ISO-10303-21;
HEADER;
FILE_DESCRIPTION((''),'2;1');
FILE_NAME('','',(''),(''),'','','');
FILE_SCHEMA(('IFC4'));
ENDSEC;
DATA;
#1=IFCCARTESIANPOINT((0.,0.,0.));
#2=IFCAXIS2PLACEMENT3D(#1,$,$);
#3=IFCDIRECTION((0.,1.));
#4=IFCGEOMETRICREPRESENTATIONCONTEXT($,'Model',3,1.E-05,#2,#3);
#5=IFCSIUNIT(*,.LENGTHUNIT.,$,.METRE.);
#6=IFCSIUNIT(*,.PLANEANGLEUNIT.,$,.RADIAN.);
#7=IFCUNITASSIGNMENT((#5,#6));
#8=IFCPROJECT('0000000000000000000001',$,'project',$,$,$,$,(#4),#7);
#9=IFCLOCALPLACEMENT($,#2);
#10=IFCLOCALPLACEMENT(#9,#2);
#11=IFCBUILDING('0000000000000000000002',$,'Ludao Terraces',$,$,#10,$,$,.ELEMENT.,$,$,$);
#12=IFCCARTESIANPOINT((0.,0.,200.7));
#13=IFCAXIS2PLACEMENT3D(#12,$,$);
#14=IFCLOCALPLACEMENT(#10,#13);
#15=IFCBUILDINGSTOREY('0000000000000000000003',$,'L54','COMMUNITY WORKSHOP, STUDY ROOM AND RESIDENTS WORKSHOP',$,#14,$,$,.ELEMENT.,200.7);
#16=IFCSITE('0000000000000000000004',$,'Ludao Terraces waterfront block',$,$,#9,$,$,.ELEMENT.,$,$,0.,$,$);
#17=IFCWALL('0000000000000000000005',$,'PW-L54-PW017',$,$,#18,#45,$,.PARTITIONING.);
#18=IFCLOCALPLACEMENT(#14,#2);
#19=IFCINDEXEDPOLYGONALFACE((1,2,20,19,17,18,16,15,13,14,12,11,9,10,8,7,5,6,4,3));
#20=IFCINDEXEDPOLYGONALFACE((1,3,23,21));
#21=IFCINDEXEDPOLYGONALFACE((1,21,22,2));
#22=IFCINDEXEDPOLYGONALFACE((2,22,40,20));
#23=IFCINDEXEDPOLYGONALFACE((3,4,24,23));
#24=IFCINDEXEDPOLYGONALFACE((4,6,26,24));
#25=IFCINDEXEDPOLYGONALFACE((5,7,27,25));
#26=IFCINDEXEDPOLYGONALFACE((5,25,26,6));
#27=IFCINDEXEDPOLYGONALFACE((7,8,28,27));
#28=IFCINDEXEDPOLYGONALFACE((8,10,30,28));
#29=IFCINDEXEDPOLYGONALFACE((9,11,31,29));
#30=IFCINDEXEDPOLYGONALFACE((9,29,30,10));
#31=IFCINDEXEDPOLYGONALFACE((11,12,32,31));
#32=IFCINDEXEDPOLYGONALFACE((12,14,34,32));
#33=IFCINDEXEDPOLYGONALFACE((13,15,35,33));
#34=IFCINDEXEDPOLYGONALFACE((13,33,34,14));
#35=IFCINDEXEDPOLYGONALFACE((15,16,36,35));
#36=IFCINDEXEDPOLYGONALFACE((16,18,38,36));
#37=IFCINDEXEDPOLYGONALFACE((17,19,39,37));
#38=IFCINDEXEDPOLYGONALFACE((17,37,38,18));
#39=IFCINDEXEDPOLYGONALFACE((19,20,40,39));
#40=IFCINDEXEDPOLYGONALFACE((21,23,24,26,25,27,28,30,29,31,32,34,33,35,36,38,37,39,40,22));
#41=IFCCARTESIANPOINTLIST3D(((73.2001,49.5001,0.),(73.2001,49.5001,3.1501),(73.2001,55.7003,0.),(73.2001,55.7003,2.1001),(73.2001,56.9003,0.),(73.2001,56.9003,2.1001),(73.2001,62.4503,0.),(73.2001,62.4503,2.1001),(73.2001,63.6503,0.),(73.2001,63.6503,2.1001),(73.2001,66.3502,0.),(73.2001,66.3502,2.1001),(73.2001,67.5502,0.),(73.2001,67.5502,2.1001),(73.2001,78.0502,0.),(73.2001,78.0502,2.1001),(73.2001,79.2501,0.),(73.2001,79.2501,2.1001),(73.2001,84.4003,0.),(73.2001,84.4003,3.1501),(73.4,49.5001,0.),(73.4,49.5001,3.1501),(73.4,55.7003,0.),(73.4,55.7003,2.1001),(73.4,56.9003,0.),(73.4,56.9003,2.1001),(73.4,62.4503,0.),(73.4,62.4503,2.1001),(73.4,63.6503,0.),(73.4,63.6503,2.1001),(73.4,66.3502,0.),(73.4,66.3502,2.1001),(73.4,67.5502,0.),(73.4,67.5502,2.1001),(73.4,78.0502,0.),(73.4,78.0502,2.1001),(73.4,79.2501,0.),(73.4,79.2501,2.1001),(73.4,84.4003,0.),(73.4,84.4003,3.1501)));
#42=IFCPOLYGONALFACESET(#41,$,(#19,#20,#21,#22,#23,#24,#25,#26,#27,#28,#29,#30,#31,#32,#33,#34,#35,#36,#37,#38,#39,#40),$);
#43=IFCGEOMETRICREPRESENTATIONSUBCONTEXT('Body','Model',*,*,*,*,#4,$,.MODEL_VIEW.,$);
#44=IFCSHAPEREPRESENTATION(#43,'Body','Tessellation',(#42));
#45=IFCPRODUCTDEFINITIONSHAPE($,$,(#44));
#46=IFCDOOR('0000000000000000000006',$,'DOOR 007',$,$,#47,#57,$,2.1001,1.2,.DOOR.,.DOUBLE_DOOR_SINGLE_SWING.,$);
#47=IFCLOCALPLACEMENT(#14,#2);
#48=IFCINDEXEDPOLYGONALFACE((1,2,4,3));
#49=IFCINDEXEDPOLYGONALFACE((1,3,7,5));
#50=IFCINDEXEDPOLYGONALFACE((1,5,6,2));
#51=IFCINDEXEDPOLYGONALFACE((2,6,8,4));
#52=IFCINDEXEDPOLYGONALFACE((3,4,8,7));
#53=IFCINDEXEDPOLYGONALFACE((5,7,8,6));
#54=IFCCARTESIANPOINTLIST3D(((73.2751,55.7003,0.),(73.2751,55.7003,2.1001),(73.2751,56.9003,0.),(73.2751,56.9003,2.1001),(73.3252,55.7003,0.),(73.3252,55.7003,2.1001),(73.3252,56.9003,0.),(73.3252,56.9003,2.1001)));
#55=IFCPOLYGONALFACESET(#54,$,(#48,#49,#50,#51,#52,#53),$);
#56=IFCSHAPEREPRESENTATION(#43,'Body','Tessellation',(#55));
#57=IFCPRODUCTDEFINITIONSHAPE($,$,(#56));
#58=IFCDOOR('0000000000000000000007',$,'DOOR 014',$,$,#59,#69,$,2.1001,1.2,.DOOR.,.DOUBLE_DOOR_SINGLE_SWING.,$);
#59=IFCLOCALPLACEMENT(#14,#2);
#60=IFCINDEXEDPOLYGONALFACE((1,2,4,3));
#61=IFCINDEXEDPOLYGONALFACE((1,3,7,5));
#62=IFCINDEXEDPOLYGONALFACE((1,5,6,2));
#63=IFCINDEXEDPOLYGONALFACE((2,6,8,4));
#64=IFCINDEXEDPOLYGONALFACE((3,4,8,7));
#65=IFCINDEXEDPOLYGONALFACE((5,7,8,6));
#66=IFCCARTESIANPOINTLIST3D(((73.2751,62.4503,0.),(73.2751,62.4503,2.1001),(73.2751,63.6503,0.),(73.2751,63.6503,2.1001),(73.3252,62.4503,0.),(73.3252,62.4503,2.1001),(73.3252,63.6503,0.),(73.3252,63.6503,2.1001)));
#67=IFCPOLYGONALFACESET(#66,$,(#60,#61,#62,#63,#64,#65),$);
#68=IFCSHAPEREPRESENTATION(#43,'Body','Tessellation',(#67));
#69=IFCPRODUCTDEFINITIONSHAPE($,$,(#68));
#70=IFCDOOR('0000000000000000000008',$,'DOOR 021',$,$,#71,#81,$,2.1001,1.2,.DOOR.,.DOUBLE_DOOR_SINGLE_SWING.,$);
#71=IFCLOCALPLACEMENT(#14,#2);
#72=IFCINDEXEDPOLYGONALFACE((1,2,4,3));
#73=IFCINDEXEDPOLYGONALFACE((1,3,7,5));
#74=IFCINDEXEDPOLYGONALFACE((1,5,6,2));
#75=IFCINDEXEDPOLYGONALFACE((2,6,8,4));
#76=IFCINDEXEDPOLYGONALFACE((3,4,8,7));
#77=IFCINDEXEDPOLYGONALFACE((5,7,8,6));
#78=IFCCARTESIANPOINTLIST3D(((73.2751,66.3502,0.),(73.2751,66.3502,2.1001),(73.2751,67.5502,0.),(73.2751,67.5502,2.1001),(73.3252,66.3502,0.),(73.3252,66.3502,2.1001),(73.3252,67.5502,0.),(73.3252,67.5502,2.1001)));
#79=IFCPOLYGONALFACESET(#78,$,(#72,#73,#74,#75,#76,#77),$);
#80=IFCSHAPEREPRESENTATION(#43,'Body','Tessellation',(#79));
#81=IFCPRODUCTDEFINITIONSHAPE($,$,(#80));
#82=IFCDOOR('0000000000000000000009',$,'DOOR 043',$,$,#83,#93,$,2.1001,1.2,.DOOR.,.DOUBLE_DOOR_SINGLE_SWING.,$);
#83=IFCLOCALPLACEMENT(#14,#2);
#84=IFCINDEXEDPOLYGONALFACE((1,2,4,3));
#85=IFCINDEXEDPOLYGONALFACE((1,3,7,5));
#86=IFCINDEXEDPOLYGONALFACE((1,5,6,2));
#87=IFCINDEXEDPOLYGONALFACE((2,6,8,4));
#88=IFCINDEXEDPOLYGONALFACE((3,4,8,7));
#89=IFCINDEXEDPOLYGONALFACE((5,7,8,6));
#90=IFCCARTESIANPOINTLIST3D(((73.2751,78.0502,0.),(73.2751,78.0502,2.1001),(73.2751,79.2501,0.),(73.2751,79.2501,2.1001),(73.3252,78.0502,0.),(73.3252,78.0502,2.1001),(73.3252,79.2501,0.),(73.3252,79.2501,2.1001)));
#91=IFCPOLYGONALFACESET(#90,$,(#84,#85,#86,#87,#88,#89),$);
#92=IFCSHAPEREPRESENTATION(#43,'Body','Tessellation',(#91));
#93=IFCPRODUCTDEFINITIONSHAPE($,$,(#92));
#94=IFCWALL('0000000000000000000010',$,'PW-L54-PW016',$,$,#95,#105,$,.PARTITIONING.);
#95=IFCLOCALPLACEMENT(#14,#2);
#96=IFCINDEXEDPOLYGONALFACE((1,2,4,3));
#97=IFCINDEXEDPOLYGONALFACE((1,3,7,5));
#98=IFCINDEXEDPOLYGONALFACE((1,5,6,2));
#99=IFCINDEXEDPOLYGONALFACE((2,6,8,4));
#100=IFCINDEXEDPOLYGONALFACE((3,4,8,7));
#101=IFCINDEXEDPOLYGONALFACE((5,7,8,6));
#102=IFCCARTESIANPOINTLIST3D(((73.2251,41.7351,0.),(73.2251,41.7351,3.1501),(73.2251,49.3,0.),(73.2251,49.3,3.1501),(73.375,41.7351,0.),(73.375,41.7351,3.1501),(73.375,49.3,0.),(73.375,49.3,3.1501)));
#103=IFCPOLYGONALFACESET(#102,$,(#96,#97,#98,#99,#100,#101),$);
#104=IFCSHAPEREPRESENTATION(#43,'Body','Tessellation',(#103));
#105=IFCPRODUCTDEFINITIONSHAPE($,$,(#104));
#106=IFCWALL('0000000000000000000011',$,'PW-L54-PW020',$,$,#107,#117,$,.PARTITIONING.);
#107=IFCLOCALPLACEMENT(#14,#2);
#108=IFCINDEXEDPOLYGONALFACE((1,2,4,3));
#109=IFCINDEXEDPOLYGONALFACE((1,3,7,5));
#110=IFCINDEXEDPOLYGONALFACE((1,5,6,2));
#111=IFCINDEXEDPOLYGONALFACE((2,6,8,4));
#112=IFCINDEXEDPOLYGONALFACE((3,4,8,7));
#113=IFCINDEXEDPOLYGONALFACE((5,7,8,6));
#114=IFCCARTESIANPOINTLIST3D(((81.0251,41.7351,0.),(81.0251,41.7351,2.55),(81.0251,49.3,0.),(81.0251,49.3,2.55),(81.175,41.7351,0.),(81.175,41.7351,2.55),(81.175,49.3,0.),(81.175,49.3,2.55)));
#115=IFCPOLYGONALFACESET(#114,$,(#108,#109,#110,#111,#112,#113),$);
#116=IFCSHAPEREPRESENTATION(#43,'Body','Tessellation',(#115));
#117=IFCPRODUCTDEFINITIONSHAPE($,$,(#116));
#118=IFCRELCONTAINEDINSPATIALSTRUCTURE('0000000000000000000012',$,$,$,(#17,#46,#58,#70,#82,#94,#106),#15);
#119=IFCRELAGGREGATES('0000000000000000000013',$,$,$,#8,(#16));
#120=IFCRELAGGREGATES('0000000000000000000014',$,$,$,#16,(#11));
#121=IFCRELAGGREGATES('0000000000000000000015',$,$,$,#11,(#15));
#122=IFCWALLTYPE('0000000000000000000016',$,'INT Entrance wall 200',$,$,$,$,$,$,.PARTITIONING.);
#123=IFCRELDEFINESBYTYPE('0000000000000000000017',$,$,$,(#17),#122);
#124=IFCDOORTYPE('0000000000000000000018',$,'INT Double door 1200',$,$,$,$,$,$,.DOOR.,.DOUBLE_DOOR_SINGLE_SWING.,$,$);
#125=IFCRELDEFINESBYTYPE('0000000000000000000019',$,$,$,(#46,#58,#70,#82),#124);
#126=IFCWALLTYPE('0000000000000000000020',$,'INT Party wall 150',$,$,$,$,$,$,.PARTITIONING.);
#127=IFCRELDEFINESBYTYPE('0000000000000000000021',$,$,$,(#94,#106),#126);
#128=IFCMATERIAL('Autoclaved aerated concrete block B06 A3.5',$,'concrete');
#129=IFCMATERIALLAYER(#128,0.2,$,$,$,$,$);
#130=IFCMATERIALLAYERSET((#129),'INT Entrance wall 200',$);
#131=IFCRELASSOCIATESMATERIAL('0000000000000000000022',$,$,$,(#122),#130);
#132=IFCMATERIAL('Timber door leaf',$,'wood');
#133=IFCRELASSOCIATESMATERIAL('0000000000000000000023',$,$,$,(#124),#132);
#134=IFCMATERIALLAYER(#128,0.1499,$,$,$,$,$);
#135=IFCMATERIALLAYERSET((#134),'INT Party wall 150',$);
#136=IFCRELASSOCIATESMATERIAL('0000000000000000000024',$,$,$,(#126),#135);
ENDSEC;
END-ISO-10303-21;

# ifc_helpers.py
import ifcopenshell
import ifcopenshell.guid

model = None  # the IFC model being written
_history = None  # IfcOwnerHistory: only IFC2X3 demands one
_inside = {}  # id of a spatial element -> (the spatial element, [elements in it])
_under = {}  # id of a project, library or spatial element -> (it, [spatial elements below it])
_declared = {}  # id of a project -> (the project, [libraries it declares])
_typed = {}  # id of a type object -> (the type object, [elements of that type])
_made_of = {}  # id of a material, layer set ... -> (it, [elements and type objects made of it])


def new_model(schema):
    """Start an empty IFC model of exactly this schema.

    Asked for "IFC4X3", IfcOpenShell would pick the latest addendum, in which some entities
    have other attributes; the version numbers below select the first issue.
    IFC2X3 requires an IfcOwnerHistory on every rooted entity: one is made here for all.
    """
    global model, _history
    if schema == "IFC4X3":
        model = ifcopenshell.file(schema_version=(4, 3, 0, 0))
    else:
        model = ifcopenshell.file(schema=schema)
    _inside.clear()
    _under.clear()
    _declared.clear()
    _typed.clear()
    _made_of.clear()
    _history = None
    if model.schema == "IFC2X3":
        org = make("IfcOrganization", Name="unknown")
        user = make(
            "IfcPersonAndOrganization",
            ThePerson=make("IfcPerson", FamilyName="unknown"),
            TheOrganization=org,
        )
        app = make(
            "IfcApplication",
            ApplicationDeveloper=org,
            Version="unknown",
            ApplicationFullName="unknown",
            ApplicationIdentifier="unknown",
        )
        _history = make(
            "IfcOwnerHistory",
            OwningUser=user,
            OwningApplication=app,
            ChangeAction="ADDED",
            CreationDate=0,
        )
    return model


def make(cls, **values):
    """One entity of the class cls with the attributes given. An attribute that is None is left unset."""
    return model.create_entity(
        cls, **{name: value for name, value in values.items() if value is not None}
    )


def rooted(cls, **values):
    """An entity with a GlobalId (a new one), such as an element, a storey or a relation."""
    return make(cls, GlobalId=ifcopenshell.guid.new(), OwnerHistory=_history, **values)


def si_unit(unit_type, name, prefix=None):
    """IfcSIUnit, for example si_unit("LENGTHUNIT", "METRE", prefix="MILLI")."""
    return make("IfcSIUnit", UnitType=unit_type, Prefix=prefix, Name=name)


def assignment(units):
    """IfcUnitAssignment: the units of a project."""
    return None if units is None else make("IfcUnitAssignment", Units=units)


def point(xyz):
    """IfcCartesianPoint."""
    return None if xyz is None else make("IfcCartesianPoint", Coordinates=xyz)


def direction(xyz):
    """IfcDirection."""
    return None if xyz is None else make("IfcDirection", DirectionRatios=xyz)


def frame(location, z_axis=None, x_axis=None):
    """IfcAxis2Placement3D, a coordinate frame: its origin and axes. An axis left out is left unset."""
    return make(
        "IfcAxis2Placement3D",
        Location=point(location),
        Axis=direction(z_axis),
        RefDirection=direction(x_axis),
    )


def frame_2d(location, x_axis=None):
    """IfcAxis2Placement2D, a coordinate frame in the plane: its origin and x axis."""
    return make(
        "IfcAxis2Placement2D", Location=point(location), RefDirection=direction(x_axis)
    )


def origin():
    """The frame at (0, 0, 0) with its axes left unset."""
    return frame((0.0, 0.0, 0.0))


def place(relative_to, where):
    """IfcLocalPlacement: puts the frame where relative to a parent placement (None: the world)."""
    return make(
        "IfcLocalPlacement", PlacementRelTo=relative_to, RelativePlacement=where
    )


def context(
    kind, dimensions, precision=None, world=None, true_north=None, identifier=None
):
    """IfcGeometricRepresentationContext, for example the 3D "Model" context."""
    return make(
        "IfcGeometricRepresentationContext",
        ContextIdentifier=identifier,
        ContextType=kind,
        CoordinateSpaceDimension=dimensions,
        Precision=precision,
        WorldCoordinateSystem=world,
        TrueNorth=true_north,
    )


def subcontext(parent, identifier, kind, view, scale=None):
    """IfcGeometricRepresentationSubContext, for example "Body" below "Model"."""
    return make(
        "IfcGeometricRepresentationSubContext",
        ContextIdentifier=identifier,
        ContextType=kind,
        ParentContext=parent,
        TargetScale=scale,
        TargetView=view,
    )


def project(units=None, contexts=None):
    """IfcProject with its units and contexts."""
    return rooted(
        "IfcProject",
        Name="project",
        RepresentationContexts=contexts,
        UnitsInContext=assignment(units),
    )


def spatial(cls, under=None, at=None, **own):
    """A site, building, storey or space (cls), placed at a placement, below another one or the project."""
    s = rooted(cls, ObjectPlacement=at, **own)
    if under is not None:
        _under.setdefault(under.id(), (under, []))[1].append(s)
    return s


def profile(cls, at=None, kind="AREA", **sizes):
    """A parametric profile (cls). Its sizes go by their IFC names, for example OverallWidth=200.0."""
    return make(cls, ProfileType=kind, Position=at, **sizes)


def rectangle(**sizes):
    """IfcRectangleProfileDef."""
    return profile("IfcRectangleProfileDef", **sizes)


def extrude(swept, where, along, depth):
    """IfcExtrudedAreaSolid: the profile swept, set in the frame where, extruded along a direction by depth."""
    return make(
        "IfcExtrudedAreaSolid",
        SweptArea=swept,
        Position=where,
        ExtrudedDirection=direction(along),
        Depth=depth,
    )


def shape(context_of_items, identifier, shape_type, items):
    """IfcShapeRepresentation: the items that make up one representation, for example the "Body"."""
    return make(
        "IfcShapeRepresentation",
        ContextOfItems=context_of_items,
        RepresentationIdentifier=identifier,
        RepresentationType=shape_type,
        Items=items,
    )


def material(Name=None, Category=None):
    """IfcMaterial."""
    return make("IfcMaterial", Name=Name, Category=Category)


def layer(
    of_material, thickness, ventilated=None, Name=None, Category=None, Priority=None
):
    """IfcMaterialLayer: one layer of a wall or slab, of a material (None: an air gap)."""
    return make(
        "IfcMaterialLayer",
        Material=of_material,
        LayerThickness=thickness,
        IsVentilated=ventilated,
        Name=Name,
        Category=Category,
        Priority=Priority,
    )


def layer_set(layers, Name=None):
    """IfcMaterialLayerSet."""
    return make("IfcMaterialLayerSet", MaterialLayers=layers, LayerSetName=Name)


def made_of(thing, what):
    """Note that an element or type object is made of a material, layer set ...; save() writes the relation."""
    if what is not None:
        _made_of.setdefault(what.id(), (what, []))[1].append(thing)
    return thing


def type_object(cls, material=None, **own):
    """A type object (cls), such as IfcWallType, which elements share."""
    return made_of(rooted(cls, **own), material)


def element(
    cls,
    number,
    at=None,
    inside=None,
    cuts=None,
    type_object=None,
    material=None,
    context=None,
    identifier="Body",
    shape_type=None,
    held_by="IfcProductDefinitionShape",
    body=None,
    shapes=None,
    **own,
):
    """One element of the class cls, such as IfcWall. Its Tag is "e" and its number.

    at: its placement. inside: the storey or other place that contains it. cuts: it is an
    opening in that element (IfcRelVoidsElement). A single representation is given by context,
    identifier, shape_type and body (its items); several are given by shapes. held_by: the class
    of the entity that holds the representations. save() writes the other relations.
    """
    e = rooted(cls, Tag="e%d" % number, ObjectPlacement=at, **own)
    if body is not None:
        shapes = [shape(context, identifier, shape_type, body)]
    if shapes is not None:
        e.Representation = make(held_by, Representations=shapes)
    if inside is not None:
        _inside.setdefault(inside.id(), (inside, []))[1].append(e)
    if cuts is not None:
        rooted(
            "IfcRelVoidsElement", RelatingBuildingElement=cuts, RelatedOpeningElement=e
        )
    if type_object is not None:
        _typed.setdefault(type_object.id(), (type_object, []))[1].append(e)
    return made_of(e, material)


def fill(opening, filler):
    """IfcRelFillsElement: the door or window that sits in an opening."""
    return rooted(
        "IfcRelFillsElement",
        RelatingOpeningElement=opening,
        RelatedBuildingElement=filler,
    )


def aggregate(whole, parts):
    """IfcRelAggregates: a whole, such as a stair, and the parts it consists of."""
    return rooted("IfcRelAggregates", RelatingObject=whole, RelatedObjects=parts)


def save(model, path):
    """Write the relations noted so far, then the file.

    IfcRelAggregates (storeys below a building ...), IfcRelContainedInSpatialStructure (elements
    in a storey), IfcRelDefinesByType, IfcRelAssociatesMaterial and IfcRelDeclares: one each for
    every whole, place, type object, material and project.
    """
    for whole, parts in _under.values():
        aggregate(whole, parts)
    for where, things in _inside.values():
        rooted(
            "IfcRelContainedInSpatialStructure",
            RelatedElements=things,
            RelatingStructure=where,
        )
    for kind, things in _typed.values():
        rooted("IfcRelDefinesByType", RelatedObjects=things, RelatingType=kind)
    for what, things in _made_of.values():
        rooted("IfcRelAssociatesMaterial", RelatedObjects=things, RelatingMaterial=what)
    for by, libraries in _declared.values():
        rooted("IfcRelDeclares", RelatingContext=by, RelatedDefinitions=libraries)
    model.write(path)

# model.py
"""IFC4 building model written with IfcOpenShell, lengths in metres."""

from ifc_helpers import new_model, si_unit, direction, frame, frame_2d, origin, place, context, subcontext, project, spatial, rectangle, extrude, material, layer, layer_set, type_object, element, fill, save


model = new_model("IFC4")

# Units and contexts
model_context = context("Model", 3, precision=1e-05, world=origin(), true_north=direction((0.0, 1.0)))
body_context = subcontext(model_context, "Body", "Model", "MODEL_VIEW")
ifc_project = project(units=[si_unit("LENGTHUNIT", "METRE"), si_unit("PLANEANGLEUNIT", "RADIAN")], contexts=[model_context])

# Site, building, storey
site_placement = place(None, origin())
site = spatial("IfcSite", under=ifc_project, at=site_placement, Name="Ludao Terraces waterfront block", CompositionType="ELEMENT", RefElevation=0.0)
building_placement = place(site_placement, origin())
building = spatial("IfcBuilding", under=site, at=building_placement, Name="Ludao Terraces", CompositionType="ELEMENT")
storey_placement = place(building_placement, frame((0.0, 0.0, 200.7)))
storey = spatial("IfcBuildingStorey", under=building, at=storey_placement, Name="L54", Description="COMMUNITY WORKSHOP, STUDY ROOM AND RESIDENTS WORKSHOP", CompositionType="ELEMENT", Elevation=200.7)

# Wall, openings, doors
ifc_material_1 = material(Name="Autoclaved aerated concrete block B06 A3.5", Category="concrete")
ifc_layer_1 = layer(ifc_material_1, 0.2)
ifc_layer_set_1 = layer_set([ifc_layer_1], Name="INT Entrance wall 200")
wall_type_1 = type_object("IfcWallType", Name="INT Entrance wall 200", PredefinedType="PARTITIONING", material=ifc_layer_set_1)
ifc_material_2 = material(Name="Timber door leaf", Category="wood")
door_type_1 = type_object("IfcDoorType", Name="INT Double door 1200", OperationType="DOUBLE_DOOR_SINGLE_SWING", PredefinedType="DOOR", material=ifc_material_2)
wall_1_placement = place(storey_placement, frame((73.3, 49.5, 0.0), z_axis=(0.0, 0.0, 1.0), x_axis=(0.0, 1.0, 0.0)))
wall_1 = element("IfcWall", 1, at=wall_1_placement, inside=storey, type_object=wall_type_1, Name="PW-L54-PW017", PredefinedType="PARTITIONING", context=body_context, shape_type="SweptSolid", body=[
    extrude(rectangle(XDim=34.9001, YDim=0.2, at=frame_2d((17.4502, 0.0))), origin(), (0.0, 0.0, 1.0), 3.1501),
])
opening_1_placement = place(wall_1_placement, frame((6.2002, 0.0, 0.0)))
opening_1 = element("IfcOpeningElement", 2, at=opening_1_placement, cuts=wall_1, PredefinedType="OPENING", context=body_context, shape_type="SweptSolid", body=[
    extrude(rectangle(XDim=1.2, YDim=2.1001, at=frame_2d((0.6001, 1.05))), frame((0.0, 0.1099, 0.0), z_axis=(0.0, -1.0, 0.0), x_axis=(1.0, 0.0, 0.0)), (0.0, 0.0, 1.0), 0.22),
])
opening_2_placement = place(wall_1_placement, frame((12.9502, 0.0, 0.0)))
opening_2 = element("IfcOpeningElement", 3, at=opening_2_placement, cuts=wall_1, PredefinedType="OPENING", context=body_context, shape_type="SweptSolid", body=[
    extrude(rectangle(XDim=1.2, YDim=2.1001, at=frame_2d((0.6001, 1.05))), frame((0.0, 0.1099, 0.0), z_axis=(0.0, -1.0, 0.0), x_axis=(1.0, 0.0, 0.0)), (0.0, 0.0, 1.0), 0.22),
])
opening_3_placement = place(wall_1_placement, frame((16.8501, 0.0, 0.0)))
opening_3 = element("IfcOpeningElement", 4, at=opening_3_placement, cuts=wall_1, PredefinedType="OPENING", context=body_context, shape_type="SweptSolid", body=[
    extrude(rectangle(XDim=1.2, YDim=2.1001, at=frame_2d((0.6001, 1.05))), frame((0.0, 0.1099, 0.0), z_axis=(0.0, -1.0, 0.0), x_axis=(1.0, 0.0, 0.0)), (0.0, 0.0, 1.0), 0.22),
])
opening_4_placement = place(wall_1_placement, frame((28.55, 0.0, 0.0)))
opening_4 = element("IfcOpeningElement", 5, at=opening_4_placement, cuts=wall_1, PredefinedType="OPENING", context=body_context, shape_type="SweptSolid", body=[
    extrude(rectangle(XDim=1.2, YDim=2.1001, at=frame_2d((0.6001, 1.05))), frame((0.0, 0.1099, 0.0), z_axis=(0.0, -1.0, 0.0), x_axis=(1.0, 0.0, 0.0)), (0.0, 0.0, 1.0), 0.22),
])
door_1_placement = place(opening_1_placement, origin())
door_1 = element("IfcDoor", 6, at=door_1_placement, inside=storey, type_object=door_type_1, Name="DOOR 007", OperationType="DOUBLE_DOOR_SINGLE_SWING", OverallHeight=2.1001, OverallWidth=1.2, PredefinedType="DOOR", context=body_context, shape_type="SweptSolid", body=[
    extrude(rectangle(XDim=1.2, YDim=2.1001, at=frame_2d((0.6001, 1.05))), frame((0.0, 0.0249, 0.0), z_axis=(0.0, -1.0, 0.0), x_axis=(1.0, 0.0, 0.0)), (0.0, 0.0, 1.0), 0.05),
])
fill(opening_1, door_1)
door_2_placement = place(opening_2_placement, origin())
door_2 = element("IfcDoor", 7, at=door_2_placement, inside=storey, type_object=door_type_1, Name="DOOR 014", OperationType="DOUBLE_DOOR_SINGLE_SWING", OverallHeight=2.1001, OverallWidth=1.2, PredefinedType="DOOR", context=body_context, shape_type="SweptSolid", body=[
    extrude(rectangle(XDim=1.2, YDim=2.1001, at=frame_2d((0.6001, 1.05))), frame((0.0, 0.0249, 0.0), z_axis=(0.0, -1.0, 0.0), x_axis=(1.0, 0.0, 0.0)), (0.0, 0.0, 1.0), 0.05),
])
fill(opening_2, door_2)
door_3_placement = place(opening_3_placement, origin())
door_3 = element("IfcDoor", 8, at=door_3_placement, inside=storey, type_object=door_type_1, Name="DOOR 021", OperationType="DOUBLE_DOOR_SINGLE_SWING", OverallHeight=2.1001, OverallWidth=1.2, PredefinedType="DOOR", context=body_context, shape_type="SweptSolid", body=[
    extrude(rectangle(XDim=1.2, YDim=2.1001, at=frame_2d((0.6001, 1.05))), frame((0.0, 0.0249, 0.0), z_axis=(0.0, -1.0, 0.0), x_axis=(1.0, 0.0, 0.0)), (0.0, 0.0, 1.0), 0.05),
])
fill(opening_3, door_3)
door_4_placement = place(opening_4_placement, origin())
door_4 = element("IfcDoor", 9, at=door_4_placement, inside=storey, type_object=door_type_1, Name="DOOR 043", OperationType="DOUBLE_DOOR_SINGLE_SWING", OverallHeight=2.1001, OverallWidth=1.2, PredefinedType="DOOR", context=body_context, shape_type="SweptSolid", body=[
    extrude(rectangle(XDim=1.2, YDim=2.1001, at=frame_2d((0.6001, 1.05))), frame((0.0, 0.0249, 0.0), z_axis=(0.0, -1.0, 0.0), x_axis=(1.0, 0.0, 0.0)), (0.0, 0.0, 1.0), 0.05),
])
fill(opening_4, door_4)

# Walls
ifc_layer_2 = layer(ifc_material_1, 0.1499)
ifc_layer_set_2 = layer_set([ifc_layer_2], Name="INT Party wall 150")
wall_type_2 = type_object("IfcWallType", Name="INT Party wall 150", PredefinedType="PARTITIONING", material=ifc_layer_set_2)
wall_2_placement = place(storey_placement, frame((73.3, 41.7351, 0.0), z_axis=(0.0, 0.0, 1.0), x_axis=(0.0, 1.0, 0.0)))
element("IfcWall", 10, at=wall_2_placement, inside=storey, type_object=wall_type_2, Name="PW-L54-PW016", PredefinedType="PARTITIONING", context=body_context, shape_type="SweptSolid", body=[
    extrude(rectangle(XDim=7.5649, YDim=0.1499, at=frame_2d((3.7825, 0.0))), origin(), (0.0, 0.0, 1.0), 3.1501),
])
wall_3_placement = place(storey_placement, frame((81.1001, 41.7351, 0.0), z_axis=(0.0, 0.0, 1.0), x_axis=(0.0, 1.0, 0.0)))
element("IfcWall", 11, at=wall_3_placement, inside=storey, type_object=wall_type_2, Name="PW-L54-PW020", PredefinedType="PARTITIONING", context=body_context, shape_type="SweptSolid", body=[
    extrude(rectangle(XDim=7.5649, YDim=0.1499, at=frame_2d((3.7825, 0.0))), origin(), (0.0, 0.0, 1.0), 2.55),
])

save(model, "model.ifc")
